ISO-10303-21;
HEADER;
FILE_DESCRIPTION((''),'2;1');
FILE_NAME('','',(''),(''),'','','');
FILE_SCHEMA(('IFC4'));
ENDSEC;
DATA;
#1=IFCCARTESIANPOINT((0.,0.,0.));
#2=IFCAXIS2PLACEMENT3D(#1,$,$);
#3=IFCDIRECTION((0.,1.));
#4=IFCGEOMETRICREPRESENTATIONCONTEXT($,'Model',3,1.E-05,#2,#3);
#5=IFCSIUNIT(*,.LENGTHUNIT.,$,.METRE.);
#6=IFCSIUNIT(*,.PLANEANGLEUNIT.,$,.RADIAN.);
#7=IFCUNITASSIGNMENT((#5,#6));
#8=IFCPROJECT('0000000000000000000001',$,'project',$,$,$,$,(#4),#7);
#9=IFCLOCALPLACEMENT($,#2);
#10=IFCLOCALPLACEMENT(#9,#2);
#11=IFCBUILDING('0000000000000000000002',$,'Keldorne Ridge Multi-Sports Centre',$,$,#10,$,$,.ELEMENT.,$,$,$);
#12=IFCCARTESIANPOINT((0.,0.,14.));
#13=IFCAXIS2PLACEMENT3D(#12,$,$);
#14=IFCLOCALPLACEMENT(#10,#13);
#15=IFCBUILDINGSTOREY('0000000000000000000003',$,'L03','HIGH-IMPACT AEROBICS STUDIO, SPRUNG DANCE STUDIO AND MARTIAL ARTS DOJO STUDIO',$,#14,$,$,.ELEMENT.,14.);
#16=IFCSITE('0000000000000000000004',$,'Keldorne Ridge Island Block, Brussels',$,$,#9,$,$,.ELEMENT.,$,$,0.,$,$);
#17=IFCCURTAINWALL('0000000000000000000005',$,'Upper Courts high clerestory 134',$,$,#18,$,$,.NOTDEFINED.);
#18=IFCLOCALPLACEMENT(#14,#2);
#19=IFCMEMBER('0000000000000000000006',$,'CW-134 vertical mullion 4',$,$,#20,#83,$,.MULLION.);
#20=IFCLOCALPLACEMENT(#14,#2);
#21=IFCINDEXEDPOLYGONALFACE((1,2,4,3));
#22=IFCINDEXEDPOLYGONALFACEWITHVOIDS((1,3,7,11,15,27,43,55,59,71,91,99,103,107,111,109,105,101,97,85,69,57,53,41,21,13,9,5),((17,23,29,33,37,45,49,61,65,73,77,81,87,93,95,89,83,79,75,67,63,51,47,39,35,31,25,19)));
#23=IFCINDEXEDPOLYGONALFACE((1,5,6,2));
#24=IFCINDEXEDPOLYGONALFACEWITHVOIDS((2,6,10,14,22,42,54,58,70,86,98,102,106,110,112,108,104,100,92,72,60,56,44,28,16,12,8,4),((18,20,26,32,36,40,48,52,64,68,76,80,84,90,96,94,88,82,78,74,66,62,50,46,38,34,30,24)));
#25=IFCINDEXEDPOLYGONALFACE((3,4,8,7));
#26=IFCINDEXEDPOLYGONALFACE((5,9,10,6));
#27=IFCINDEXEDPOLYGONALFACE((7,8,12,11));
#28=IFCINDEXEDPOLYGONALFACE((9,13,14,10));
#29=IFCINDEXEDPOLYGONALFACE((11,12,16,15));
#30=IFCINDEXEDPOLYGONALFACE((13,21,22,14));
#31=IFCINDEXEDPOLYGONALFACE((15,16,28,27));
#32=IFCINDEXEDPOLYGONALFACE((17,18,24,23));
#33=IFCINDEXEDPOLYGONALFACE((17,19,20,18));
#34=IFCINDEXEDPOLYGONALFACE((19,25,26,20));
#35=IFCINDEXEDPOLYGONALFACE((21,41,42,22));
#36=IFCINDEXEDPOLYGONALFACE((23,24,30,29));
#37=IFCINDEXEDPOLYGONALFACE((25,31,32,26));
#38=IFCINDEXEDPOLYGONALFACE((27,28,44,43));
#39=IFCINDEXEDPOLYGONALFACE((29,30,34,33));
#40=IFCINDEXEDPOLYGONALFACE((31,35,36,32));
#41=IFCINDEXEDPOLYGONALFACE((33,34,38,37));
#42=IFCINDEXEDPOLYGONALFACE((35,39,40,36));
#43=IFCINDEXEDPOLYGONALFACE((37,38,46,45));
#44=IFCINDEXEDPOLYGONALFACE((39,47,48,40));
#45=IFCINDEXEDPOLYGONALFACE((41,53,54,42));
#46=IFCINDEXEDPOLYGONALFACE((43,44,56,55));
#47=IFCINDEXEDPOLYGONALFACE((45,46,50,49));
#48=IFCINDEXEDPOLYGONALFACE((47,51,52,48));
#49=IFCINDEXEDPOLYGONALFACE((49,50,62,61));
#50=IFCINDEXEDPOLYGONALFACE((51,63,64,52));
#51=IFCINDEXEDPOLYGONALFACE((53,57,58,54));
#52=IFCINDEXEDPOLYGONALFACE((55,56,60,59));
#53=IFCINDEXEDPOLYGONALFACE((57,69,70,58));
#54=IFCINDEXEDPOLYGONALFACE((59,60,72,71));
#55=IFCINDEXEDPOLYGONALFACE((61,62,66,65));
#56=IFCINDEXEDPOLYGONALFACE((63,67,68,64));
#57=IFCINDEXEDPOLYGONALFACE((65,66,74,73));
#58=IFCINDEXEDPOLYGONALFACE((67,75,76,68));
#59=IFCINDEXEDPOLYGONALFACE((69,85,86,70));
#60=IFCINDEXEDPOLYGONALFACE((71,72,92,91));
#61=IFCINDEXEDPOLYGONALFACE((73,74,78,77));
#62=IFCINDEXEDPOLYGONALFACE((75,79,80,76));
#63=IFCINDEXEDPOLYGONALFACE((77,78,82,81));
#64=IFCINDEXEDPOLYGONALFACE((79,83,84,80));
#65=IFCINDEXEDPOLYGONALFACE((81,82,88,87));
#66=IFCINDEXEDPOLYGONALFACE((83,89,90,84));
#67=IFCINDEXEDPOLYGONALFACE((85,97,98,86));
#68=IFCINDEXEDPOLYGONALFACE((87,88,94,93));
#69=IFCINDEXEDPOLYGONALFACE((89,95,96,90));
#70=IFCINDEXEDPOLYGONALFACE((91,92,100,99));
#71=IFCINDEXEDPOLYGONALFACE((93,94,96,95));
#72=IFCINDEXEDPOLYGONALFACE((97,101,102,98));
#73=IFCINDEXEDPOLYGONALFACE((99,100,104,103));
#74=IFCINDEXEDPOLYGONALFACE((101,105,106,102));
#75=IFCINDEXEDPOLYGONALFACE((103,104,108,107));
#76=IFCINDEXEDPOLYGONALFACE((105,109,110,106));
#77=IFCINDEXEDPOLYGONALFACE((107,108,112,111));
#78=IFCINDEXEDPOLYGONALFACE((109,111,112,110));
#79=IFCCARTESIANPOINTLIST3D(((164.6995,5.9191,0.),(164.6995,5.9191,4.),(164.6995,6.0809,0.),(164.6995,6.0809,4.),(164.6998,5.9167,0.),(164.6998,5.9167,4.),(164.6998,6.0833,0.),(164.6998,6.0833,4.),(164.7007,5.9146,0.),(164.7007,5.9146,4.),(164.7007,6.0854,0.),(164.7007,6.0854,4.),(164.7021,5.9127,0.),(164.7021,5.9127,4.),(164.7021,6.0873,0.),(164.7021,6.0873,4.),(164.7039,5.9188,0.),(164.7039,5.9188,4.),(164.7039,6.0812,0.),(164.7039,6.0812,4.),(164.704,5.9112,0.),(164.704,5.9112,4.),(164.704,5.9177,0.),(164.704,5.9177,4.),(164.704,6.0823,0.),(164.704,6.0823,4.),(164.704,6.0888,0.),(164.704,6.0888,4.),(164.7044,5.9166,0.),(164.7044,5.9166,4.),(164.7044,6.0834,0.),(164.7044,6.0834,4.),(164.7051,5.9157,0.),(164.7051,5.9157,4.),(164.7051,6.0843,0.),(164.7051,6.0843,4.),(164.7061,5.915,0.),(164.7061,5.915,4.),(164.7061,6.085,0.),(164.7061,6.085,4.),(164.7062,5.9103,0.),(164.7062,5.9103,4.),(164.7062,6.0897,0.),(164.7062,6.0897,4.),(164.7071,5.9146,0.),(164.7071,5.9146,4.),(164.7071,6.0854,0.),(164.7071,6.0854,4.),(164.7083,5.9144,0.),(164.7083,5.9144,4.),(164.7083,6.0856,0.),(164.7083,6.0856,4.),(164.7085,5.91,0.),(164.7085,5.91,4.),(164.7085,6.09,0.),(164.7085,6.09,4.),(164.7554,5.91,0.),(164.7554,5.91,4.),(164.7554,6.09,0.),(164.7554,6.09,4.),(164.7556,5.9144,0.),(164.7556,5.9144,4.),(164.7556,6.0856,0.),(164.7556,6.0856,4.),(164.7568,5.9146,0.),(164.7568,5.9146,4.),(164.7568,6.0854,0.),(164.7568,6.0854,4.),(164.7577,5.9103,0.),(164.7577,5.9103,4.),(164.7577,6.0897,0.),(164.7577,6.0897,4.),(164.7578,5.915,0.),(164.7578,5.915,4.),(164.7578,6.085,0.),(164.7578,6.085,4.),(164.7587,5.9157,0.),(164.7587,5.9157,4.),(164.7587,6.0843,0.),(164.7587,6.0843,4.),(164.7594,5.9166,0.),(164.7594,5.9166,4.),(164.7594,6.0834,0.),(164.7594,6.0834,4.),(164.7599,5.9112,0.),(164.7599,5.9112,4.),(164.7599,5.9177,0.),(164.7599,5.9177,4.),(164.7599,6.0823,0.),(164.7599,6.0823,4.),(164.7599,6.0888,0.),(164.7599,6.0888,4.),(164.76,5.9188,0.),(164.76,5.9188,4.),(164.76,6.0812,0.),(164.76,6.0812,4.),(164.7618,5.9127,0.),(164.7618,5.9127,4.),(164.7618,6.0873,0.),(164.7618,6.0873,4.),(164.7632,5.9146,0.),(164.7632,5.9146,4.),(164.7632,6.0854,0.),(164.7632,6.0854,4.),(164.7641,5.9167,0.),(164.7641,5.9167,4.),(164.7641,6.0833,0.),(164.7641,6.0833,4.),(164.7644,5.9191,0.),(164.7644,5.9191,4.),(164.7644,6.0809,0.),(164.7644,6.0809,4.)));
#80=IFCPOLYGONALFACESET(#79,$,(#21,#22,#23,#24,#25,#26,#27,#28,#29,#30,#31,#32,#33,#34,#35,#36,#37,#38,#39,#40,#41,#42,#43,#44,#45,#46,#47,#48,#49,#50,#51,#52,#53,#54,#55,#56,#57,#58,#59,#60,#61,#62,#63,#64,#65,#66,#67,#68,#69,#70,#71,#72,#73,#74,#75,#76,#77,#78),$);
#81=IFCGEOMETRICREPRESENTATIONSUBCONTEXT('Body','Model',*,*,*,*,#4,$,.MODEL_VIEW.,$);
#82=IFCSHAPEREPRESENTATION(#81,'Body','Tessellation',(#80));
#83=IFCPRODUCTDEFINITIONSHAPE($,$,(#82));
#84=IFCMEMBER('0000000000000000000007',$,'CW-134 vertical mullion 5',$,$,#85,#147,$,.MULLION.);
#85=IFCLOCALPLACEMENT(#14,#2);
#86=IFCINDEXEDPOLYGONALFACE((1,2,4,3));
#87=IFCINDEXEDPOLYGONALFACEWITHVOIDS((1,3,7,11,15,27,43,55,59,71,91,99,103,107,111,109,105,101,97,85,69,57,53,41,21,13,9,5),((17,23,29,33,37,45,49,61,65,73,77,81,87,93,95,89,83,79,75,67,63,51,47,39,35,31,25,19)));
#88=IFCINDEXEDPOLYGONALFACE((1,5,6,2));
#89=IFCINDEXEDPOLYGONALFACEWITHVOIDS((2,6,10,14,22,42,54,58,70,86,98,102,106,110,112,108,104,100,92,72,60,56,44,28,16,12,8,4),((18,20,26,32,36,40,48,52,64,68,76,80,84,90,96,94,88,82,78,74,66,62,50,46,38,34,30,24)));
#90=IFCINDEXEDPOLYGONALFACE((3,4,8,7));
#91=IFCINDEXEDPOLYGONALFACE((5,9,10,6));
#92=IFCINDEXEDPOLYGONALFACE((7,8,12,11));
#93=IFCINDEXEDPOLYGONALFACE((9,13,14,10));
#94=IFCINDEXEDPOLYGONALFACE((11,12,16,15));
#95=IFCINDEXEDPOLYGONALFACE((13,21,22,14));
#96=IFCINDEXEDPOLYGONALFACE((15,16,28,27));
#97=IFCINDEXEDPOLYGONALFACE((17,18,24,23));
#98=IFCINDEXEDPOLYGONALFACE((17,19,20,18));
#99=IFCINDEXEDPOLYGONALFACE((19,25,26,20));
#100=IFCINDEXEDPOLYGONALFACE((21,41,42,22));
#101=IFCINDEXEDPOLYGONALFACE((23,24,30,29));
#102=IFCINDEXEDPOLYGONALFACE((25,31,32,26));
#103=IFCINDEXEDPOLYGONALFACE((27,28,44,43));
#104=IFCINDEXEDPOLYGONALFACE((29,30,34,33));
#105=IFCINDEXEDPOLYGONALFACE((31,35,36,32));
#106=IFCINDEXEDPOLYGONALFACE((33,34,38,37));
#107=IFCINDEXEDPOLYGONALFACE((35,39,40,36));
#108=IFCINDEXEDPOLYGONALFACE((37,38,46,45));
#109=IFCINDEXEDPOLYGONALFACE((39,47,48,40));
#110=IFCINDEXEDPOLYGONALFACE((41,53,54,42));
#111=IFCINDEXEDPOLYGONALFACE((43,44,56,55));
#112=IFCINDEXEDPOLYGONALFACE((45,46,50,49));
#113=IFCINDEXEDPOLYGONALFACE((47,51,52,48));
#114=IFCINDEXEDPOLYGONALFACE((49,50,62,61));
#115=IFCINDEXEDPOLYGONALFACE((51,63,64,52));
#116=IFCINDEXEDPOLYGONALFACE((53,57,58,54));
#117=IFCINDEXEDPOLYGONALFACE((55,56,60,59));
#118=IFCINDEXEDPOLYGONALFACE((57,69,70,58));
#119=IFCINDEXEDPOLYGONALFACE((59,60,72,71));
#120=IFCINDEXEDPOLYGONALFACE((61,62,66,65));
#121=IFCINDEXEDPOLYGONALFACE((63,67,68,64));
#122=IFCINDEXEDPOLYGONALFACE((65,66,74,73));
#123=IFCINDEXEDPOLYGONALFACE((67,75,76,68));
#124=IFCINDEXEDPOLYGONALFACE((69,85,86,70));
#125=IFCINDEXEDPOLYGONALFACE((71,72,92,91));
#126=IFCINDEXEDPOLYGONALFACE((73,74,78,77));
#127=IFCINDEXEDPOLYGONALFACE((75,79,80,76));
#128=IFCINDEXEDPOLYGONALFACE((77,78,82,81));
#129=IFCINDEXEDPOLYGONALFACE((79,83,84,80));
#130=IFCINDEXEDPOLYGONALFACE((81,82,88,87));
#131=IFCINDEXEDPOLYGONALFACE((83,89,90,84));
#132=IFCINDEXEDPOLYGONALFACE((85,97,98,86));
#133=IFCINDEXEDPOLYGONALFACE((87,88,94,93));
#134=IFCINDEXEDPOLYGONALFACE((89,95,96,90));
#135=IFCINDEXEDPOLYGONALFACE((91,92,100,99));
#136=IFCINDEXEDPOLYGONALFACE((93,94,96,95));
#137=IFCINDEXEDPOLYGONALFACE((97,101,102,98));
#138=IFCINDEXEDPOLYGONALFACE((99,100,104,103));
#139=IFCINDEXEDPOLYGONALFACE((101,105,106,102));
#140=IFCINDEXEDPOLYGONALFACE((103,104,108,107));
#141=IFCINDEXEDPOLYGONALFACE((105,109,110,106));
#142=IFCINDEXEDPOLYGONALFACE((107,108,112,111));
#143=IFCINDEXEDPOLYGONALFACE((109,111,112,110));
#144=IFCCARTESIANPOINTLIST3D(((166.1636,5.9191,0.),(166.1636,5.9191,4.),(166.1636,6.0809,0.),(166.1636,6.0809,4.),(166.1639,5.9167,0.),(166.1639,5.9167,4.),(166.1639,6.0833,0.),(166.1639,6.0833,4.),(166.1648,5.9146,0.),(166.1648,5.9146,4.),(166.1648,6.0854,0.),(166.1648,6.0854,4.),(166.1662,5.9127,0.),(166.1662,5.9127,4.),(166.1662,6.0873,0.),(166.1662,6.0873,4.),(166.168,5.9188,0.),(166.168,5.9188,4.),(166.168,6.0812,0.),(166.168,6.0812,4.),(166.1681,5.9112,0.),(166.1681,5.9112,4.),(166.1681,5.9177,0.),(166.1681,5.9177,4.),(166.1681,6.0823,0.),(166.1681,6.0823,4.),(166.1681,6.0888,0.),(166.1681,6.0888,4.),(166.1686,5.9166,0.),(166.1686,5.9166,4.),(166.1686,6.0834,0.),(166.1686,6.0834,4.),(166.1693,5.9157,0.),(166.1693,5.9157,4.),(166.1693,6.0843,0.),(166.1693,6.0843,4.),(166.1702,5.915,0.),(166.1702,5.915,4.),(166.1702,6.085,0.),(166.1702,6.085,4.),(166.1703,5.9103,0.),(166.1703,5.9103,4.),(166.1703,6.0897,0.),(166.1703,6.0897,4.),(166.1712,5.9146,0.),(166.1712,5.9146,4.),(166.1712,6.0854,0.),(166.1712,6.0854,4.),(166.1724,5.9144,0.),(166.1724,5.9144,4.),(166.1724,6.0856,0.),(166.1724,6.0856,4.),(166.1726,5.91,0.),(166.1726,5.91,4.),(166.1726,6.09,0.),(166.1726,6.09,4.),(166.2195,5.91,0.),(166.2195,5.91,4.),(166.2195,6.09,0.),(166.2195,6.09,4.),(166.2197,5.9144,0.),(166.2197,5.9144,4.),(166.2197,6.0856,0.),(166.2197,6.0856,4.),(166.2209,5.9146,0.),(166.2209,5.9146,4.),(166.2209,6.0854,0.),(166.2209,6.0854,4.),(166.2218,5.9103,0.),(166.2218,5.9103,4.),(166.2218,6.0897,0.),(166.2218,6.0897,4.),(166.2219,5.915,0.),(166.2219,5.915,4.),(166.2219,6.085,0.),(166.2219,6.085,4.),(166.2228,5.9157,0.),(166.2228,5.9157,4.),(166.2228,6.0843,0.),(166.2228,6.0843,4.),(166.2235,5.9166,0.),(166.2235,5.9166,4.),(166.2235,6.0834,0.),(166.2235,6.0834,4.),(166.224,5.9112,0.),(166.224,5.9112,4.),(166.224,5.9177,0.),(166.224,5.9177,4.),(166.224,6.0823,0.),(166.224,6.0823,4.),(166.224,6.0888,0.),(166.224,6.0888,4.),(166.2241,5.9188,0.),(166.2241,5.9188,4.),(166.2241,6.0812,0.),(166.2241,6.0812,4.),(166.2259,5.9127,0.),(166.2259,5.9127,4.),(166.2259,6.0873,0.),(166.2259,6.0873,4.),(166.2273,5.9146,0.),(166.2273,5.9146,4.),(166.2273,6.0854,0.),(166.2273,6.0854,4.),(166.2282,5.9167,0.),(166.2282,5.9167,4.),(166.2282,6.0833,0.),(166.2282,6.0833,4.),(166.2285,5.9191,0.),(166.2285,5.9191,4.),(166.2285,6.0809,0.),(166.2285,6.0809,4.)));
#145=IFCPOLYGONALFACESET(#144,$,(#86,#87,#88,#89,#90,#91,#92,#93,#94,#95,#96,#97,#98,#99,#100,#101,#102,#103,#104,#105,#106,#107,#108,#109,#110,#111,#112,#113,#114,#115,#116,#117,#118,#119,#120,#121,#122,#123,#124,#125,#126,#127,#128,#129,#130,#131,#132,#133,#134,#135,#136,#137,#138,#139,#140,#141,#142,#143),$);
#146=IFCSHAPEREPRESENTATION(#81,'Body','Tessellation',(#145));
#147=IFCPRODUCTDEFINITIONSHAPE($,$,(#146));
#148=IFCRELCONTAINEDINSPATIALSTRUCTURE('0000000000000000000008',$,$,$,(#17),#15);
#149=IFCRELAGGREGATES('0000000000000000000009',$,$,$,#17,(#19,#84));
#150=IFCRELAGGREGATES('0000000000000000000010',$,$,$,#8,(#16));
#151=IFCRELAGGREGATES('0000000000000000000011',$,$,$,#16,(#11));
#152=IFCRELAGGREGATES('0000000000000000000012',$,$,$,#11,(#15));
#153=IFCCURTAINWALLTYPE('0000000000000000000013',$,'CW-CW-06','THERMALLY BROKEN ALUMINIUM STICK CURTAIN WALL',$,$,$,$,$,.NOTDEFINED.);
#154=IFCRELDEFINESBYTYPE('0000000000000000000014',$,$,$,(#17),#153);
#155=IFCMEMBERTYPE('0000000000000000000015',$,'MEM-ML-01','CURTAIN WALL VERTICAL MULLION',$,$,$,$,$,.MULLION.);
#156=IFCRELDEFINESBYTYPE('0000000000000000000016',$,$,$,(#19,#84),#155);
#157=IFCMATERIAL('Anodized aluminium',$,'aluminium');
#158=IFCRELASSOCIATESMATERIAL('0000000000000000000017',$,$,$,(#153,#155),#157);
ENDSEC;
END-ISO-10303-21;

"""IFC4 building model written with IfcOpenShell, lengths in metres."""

from ifc_helpers import new_model, si_unit, direction, frame, origin, origin_2d, place, context, subcontext, project, spatial, hollow_rectangle, extrude, material, material_profile, profile_set, type_object, element, aggregate, save


model = new_model("IFC4")

# Units and contexts
model_context = context("Model", 3, precision=1e-05, world=origin(), true_north=direction((0.0, 1.0)))
body_context = subcontext(model_context, "Body", "Model", "MODEL_VIEW")
ifc_project = project(units=[si_unit("LENGTHUNIT", "METRE"), si_unit("PLANEANGLEUNIT", "RADIAN")], contexts=[model_context])

# Site, building, storey
site_placement = place(None, origin())
site = spatial("IfcSite", under=ifc_project, at=site_placement, Name="Keldorne Ridge Island Block, Brussels", CompositionType="ELEMENT", RefElevation=0.0)
building_placement = place(site_placement, origin())
building = spatial("IfcBuilding", under=site, at=building_placement, Name="Keldorne Ridge Multi-Sports Centre", CompositionType="ELEMENT")
storey_placement = place(building_placement, frame((0.0, 0.0, 14.0)))
storey = spatial("IfcBuildingStorey", under=building, at=storey_placement, Name="L03", Description="HIGH-IMPACT AEROBICS STUDIO, SPRUNG DANCE STUDIO AND MARTIAL ARTS DOJO STUDIO", CompositionType="ELEMENT", Elevation=14.0)

# Curtain wall, members
ifc_material_1 = material(Name="Anodized aluminium", Category="aluminium")
curtain_wall_type = type_object("IfcCurtainWallType", Name="CW-CW-06", Description="THERMALLY BROKEN ALUMINIUM STICK CURTAIN WALL", PredefinedType="NOTDEFINED", material=ifc_material_1)
curtain_wall_placement = place(storey_placement, origin())
curtain_wall = element("IfcCurtainWall", 1, at=curtain_wall_placement, inside=storey, type_object=curtain_wall_type, Name="Upper Courts high clerestory 134", PredefinedType="NOTDEFINED")
ifc_material_profile_1 = material_profile(ifc_material_1, hollow_rectangle(XDim=0.0649, YDim=0.1799, WallThickness=0.0044, InnerFilletRadius=0.0044, OuterFilletRadius=0.009, at=origin_2d()), Name="ALU MULLION 180x65x4.5")
ifc_profile_set_1 = profile_set([ifc_material_profile_1], Name="Anodized aluminium")
member_type_1 = type_object("IfcMemberType", Name="MEM-ML-01", Description="CURTAIN WALL VERTICAL MULLION", PredefinedType="MULLION", material=ifc_profile_set_1)
member_1_placement = place(storey_placement, frame((164.7319, 6.0, 0.0), z_axis=(0.0, 0.0, 1.0), x_axis=(1.0, 0.0, 0.0)))
member_1 = element("IfcMember", 2, at=member_1_placement, type_object=member_type_1, Name="CW-134 vertical mullion 4", PredefinedType="MULLION", context=body_context, shape_type="SweptSolid", body=[
    extrude(hollow_rectangle(XDim=0.0649, YDim=0.1799, WallThickness=0.0044, InnerFilletRadius=0.0044, OuterFilletRadius=0.009, at=origin_2d()), origin(), (0.0, 0.0, 1.0), 4.0),
])
member_2_placement = place(storey_placement, frame((166.196, 6.0, 0.0), z_axis=(0.0, 0.0, 1.0), x_axis=(1.0, 0.0, 0.0)))
member_2 = element("IfcMember", 3, at=member_2_placement, type_object=member_type_1, Name="CW-134 vertical mullion 5", PredefinedType="MULLION", context=body_context, shape_type="SweptSolid", body=[
    extrude(hollow_rectangle(XDim=0.0649, YDim=0.1799, WallThickness=0.0044, InnerFilletRadius=0.0044, OuterFilletRadius=0.009, at=origin_2d()), origin(), (0.0, 0.0, 1.0), 4.0),
])
aggregate(curtain_wall, [member_1, member_2])

save(model, "model.ifc")
